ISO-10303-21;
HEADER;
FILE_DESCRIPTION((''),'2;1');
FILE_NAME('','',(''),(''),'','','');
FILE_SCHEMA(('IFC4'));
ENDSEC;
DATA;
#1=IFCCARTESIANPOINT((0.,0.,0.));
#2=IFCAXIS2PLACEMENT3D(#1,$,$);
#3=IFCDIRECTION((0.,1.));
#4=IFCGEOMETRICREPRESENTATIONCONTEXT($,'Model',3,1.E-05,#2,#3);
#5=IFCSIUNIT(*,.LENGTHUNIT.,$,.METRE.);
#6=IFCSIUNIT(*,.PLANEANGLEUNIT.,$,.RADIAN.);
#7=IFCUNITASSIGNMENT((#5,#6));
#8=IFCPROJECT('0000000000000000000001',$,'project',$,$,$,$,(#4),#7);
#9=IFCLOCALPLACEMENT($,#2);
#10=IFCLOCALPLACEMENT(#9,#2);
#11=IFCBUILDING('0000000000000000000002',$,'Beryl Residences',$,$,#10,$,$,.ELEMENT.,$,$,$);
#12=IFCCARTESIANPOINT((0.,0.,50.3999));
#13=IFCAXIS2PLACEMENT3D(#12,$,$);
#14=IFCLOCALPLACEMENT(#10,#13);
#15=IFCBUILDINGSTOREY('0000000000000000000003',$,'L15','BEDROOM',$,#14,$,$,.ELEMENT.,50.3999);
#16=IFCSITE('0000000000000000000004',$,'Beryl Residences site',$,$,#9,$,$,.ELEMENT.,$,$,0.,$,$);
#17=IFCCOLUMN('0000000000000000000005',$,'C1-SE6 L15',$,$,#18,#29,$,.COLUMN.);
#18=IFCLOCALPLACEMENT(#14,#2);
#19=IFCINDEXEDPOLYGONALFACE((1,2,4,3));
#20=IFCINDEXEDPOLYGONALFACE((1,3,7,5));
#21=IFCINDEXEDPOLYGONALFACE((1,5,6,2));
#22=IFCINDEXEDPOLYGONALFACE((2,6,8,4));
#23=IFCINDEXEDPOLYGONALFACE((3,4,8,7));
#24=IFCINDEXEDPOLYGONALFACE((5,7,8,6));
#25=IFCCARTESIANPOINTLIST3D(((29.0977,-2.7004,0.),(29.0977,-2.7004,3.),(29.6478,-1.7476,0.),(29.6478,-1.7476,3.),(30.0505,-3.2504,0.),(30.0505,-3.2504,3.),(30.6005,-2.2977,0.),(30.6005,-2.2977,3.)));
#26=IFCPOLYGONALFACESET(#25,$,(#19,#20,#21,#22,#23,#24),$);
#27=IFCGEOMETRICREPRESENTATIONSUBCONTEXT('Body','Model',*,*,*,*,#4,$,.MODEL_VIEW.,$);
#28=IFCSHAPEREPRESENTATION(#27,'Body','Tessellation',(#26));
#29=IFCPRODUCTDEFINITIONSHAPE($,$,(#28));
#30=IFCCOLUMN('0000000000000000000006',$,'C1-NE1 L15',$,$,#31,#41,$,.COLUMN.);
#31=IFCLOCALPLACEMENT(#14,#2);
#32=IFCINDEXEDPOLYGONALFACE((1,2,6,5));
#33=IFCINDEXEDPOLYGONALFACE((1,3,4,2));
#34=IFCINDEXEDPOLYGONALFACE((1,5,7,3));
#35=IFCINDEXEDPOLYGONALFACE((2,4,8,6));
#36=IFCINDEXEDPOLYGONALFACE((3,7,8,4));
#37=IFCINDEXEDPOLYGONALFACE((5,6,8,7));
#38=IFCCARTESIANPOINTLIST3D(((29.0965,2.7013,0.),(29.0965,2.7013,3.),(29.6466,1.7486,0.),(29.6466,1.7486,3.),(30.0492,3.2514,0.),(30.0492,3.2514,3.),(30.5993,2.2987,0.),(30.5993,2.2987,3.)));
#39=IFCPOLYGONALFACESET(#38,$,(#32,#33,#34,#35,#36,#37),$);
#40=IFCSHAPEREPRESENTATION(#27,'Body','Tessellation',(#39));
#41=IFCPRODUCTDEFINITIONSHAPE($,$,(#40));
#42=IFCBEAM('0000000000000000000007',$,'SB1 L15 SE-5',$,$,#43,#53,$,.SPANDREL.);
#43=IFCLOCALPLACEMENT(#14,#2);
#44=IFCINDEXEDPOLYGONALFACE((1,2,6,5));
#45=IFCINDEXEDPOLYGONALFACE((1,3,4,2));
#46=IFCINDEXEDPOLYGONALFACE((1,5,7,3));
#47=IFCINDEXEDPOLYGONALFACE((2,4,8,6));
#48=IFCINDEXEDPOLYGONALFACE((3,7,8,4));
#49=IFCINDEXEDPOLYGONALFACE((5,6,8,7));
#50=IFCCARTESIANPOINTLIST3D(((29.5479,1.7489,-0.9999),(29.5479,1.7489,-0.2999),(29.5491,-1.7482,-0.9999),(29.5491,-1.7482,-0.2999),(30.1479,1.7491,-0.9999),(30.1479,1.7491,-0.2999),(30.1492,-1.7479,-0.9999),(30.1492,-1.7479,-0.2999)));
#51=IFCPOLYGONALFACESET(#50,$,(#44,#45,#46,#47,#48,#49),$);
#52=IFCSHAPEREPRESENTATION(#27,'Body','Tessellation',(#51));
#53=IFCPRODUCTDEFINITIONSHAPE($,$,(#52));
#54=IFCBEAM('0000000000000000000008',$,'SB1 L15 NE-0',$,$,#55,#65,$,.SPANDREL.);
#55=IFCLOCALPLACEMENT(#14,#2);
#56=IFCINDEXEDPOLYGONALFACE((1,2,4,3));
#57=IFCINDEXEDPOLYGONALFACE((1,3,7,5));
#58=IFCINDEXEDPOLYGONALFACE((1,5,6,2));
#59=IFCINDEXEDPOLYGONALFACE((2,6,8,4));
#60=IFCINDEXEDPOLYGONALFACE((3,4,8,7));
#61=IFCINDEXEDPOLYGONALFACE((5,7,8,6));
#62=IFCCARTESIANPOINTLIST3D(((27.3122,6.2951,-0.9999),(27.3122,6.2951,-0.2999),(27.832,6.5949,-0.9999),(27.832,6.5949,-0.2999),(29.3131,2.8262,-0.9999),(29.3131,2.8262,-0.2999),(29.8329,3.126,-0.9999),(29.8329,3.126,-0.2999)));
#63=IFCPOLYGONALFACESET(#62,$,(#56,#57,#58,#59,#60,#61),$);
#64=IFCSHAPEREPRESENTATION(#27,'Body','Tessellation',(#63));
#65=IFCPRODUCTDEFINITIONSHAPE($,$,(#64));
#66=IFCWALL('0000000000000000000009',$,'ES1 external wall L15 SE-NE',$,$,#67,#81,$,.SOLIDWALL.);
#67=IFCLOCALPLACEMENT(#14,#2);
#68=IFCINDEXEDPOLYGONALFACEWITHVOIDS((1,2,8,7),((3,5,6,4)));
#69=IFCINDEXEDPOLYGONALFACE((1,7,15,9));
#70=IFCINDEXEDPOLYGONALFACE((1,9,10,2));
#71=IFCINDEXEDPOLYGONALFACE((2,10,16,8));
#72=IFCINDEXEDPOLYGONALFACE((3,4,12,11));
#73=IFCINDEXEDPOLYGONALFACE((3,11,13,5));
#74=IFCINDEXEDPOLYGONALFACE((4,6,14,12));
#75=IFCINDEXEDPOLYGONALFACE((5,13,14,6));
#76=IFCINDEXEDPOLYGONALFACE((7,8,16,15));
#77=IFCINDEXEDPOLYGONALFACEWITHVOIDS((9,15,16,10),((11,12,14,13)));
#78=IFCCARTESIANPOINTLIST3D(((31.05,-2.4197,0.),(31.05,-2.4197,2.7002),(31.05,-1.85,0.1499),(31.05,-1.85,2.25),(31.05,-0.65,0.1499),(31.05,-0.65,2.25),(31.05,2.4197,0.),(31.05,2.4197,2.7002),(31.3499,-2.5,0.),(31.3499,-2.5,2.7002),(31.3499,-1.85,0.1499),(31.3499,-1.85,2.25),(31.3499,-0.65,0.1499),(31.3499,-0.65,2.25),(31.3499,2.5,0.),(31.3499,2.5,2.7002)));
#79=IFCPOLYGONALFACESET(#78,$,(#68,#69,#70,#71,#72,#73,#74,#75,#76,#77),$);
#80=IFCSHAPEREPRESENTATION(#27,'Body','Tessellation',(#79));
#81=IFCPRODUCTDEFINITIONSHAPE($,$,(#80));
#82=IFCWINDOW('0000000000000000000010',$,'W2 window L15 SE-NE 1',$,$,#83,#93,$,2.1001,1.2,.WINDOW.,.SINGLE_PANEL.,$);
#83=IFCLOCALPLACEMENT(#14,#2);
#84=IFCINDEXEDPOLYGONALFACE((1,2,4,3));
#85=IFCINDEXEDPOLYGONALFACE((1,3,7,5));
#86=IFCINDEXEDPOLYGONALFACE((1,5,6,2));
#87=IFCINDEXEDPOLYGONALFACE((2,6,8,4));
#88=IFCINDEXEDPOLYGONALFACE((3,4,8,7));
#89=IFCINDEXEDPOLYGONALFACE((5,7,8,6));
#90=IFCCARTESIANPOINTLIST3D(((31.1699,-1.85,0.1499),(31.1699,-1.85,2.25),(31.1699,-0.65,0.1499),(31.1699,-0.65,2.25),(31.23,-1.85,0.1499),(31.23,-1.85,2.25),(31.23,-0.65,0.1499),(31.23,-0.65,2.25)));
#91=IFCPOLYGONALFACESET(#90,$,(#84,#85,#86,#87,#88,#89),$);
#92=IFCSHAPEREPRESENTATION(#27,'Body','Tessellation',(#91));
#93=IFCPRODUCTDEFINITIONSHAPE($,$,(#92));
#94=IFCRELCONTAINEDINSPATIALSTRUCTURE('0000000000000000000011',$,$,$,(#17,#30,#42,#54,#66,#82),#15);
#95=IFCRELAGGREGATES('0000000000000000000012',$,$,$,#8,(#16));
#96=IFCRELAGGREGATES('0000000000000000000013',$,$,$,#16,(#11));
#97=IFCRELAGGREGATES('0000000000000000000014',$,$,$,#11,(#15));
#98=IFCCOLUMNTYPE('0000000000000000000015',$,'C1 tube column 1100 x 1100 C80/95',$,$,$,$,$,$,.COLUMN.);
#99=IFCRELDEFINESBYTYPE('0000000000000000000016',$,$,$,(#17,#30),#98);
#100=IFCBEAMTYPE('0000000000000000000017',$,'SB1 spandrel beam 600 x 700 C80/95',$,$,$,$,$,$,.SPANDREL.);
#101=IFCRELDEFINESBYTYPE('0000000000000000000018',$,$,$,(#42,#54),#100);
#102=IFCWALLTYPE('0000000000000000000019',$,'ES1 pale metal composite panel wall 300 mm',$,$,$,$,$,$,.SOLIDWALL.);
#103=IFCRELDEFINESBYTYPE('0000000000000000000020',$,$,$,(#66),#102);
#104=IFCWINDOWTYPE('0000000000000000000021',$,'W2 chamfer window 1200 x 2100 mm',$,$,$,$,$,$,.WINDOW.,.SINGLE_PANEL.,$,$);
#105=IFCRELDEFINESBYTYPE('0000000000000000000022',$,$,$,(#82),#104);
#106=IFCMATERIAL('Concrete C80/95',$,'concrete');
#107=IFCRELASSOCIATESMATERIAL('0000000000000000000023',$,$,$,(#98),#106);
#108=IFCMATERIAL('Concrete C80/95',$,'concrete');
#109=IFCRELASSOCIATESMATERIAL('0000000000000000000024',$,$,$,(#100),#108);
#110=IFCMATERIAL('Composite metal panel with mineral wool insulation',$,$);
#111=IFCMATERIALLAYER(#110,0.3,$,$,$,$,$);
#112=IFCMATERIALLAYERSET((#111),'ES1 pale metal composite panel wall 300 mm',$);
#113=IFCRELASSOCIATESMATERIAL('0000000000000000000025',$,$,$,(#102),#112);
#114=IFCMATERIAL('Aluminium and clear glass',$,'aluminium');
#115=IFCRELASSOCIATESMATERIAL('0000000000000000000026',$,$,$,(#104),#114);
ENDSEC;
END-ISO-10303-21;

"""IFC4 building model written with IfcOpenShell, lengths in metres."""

from ifc_helpers import new_model, si_unit, direction, frame, frame_2d, origin, origin_2d, place, context, subcontext, project, spatial, polyline, rectangle, outline, extrude, material, layer, layer_set, material_profile, profile_set, type_object, element, fill, save


model = new_model("IFC4")

# Units and contexts
model_context = context("Model", 3, precision=1e-05, world=origin(), true_north=direction((0.0, 1.0)))
body_context = subcontext(model_context, "Body", "Model", "MODEL_VIEW")
ifc_project = project(units=[si_unit("LENGTHUNIT", "METRE"), si_unit("PLANEANGLEUNIT", "RADIAN")], contexts=[model_context])

# Site, building, storey
site_placement = place(None, origin())
site = spatial("IfcSite", under=ifc_project, at=site_placement, Name="Beryl Residences site", CompositionType="ELEMENT", RefElevation=0.0)
building_placement = place(site_placement, origin())
building = spatial("IfcBuilding", under=site, at=building_placement, Name="Beryl Residences", CompositionType="ELEMENT")
storey_placement = place(building_placement, frame((0.0, 0.0, 50.3999)))
storey = spatial("IfcBuildingStorey", under=building, at=storey_placement, Name="L15", Description="BEDROOM", CompositionType="ELEMENT", Elevation=50.3999)

# Columns
ifc_material_1 = material(Name="Concrete C80/95", Category="concrete")
ifc_material_profile_1 = material_profile(ifc_material_1, rectangle(XDim=1.1001, YDim=1.1001, at=origin_2d()))
ifc_profile_set_1 = profile_set([ifc_material_profile_1], Name="Concrete C80/95")
column_type = type_object("IfcColumnType", Name="C1 tube column 1100 x 1100 C80/95", PredefinedType="COLUMN", material=ifc_profile_set_1)
for number, where, z_axis, x_axis, name in (
    (1, (29.8491, -2.499, 0.0), (0.0, 0.0, 1.0), (0.499985, 0.866034, 0.0), "C1-SE6 L15"),
    (2, (29.8479, 2.5, 0.0), (0.0, 0.0, 1.0), (-0.499985, 0.866034, 0.0), "C1-NE1 L15"),
):
    element("IfcColumn", number, at=place(storey_placement, frame(where, z_axis=z_axis, x_axis=x_axis)), inside=storey, type_object=column_type, Name=name, PredefinedType="COLUMN", context=body_context, shape_type="SweptSolid", body=[
        extrude(rectangle(XDim=1.1001, YDim=1.1001, at=origin_2d()), origin(), (0.0, 0.0, 1.0), 3.0),
    ])

# Beams
ifc_material_2 = material(Name="Concrete C80/95", Category="concrete")
ifc_material_profile_2 = material_profile(ifc_material_2, rectangle(XDim=0.6001, YDim=0.7, at=origin_2d()))
ifc_profile_set_2 = profile_set([ifc_material_profile_2], Name="Concrete C80/95")
beam_type = type_object("IfcBeamType", Name="SB1 spandrel beam 600 x 700 C80/95", PredefinedType="SPANDREL", material=ifc_profile_set_2)
beam_1_placement = place(storey_placement, frame((29.8491, -1.748, -0.6499), z_axis=(-0.000349, 1.0, 0.0), x_axis=(-1.0, -0.000349, 0.0)))
element("IfcBeam", 3, at=beam_1_placement, inside=storey, type_object=beam_type, Name="SB1 L15 SE-5", PredefinedType="SPANDREL", context=body_context, shape_type="SweptSolid", body=[
    extrude(rectangle(XDim=0.6001, YDim=0.7, at=origin_2d()), origin(), (0.0, 0.0, 1.0), 3.4971),
])
beam_2_placement = place(storey_placement, frame((29.573, 2.9761, -0.6499), z_axis=(-0.499654, 0.866225, 0.0), x_axis=(-0.866225, -0.499654, 0.0)))
element("IfcBeam", 4, at=beam_2_placement, inside=storey, type_object=beam_type, Name="SB1 L15 NE-0", PredefinedType="SPANDREL", context=body_context, shape_type="SweptSolid", body=[
    extrude(rectangle(XDim=0.6001, YDim=0.7, at=origin_2d()), origin(), (0.0, 0.0, 1.0), 4.0046),
])

# Wall, opening, window
ifc_material_3 = material(Name="Composite metal panel with mineral wool insulation")
ifc_layer_1 = layer(ifc_material_3, 0.3)
ifc_layer_set_1 = layer_set([ifc_layer_1], Name="ES1 pale metal composite panel wall 300 mm")
wall_type_1 = type_object("IfcWallType", Name="ES1 pale metal composite panel wall 300 mm", PredefinedType="SOLIDWALL", material=ifc_layer_set_1)
wall_1_placement = place(storey_placement, frame((31.2, -2.5, 0.0), z_axis=(0.0, 0.0, 1.0), x_axis=(0.0, 1.0, 0.0)))
wall_1 = element("IfcWall", 5, at=wall_1_placement, inside=storey, type_object=wall_type_1, Name="ES1 external wall L15 SE-NE", PredefinedType="SOLIDWALL", context=body_context, shape_type="SweptSolid", body=[
    extrude(outline(polyline([(0.0, -0.1499), (5.0, -0.1499), (4.9197, 0.1499), (0.0803, 0.1499), (0.0, -0.1499)])), origin(), (0.0, 0.0, 1.0), 2.7002),
])
opening_1_placement = place(wall_1_placement, frame((0.6499, 0.0, 0.1499)))
opening_1 = element("IfcOpeningElement", 6, at=opening_1_placement, cuts=wall_1, PredefinedType="OPENING", context=body_context, shape_type="SweptSolid", body=[
    extrude(rectangle(XDim=1.2, YDim=2.1001, at=frame_2d((0.6001, 1.05))), frame((0.0, 0.1599, 0.0), z_axis=(0.0, -1.0, 0.0), x_axis=(1.0, 0.0, 0.0)), (0.0, 0.0, 1.0), 0.3201),
])
ifc_material_4 = material(Name="Aluminium and clear glass", Category="aluminium")
window_type_1 = type_object("IfcWindowType", Name="W2 chamfer window 1200 x 2100 mm", PartitioningType="SINGLE_PANEL", PredefinedType="WINDOW", material=ifc_material_4)
window_1_placement = place(opening_1_placement, origin())
window_1 = element("IfcWindow", 7, at=window_1_placement, inside=storey, type_object=window_type_1, Name="W2 window L15 SE-NE 1", OverallHeight=2.1001, OverallWidth=1.2, PartitioningType="SINGLE_PANEL", PredefinedType="WINDOW", context=body_context, shape_type="SweptSolid", body=[
    extrude(rectangle(XDim=1.2, YDim=2.1001, at=frame_2d((0.6001, 1.05))), frame((0.0, 0.03, 0.0), z_axis=(0.0, -1.0, 0.0), x_axis=(1.0, 0.0, 0.0)), (0.0, 0.0, 1.0), 0.0601),
])
fill(opening_1, window_1)

save(model, "model.ifc")
